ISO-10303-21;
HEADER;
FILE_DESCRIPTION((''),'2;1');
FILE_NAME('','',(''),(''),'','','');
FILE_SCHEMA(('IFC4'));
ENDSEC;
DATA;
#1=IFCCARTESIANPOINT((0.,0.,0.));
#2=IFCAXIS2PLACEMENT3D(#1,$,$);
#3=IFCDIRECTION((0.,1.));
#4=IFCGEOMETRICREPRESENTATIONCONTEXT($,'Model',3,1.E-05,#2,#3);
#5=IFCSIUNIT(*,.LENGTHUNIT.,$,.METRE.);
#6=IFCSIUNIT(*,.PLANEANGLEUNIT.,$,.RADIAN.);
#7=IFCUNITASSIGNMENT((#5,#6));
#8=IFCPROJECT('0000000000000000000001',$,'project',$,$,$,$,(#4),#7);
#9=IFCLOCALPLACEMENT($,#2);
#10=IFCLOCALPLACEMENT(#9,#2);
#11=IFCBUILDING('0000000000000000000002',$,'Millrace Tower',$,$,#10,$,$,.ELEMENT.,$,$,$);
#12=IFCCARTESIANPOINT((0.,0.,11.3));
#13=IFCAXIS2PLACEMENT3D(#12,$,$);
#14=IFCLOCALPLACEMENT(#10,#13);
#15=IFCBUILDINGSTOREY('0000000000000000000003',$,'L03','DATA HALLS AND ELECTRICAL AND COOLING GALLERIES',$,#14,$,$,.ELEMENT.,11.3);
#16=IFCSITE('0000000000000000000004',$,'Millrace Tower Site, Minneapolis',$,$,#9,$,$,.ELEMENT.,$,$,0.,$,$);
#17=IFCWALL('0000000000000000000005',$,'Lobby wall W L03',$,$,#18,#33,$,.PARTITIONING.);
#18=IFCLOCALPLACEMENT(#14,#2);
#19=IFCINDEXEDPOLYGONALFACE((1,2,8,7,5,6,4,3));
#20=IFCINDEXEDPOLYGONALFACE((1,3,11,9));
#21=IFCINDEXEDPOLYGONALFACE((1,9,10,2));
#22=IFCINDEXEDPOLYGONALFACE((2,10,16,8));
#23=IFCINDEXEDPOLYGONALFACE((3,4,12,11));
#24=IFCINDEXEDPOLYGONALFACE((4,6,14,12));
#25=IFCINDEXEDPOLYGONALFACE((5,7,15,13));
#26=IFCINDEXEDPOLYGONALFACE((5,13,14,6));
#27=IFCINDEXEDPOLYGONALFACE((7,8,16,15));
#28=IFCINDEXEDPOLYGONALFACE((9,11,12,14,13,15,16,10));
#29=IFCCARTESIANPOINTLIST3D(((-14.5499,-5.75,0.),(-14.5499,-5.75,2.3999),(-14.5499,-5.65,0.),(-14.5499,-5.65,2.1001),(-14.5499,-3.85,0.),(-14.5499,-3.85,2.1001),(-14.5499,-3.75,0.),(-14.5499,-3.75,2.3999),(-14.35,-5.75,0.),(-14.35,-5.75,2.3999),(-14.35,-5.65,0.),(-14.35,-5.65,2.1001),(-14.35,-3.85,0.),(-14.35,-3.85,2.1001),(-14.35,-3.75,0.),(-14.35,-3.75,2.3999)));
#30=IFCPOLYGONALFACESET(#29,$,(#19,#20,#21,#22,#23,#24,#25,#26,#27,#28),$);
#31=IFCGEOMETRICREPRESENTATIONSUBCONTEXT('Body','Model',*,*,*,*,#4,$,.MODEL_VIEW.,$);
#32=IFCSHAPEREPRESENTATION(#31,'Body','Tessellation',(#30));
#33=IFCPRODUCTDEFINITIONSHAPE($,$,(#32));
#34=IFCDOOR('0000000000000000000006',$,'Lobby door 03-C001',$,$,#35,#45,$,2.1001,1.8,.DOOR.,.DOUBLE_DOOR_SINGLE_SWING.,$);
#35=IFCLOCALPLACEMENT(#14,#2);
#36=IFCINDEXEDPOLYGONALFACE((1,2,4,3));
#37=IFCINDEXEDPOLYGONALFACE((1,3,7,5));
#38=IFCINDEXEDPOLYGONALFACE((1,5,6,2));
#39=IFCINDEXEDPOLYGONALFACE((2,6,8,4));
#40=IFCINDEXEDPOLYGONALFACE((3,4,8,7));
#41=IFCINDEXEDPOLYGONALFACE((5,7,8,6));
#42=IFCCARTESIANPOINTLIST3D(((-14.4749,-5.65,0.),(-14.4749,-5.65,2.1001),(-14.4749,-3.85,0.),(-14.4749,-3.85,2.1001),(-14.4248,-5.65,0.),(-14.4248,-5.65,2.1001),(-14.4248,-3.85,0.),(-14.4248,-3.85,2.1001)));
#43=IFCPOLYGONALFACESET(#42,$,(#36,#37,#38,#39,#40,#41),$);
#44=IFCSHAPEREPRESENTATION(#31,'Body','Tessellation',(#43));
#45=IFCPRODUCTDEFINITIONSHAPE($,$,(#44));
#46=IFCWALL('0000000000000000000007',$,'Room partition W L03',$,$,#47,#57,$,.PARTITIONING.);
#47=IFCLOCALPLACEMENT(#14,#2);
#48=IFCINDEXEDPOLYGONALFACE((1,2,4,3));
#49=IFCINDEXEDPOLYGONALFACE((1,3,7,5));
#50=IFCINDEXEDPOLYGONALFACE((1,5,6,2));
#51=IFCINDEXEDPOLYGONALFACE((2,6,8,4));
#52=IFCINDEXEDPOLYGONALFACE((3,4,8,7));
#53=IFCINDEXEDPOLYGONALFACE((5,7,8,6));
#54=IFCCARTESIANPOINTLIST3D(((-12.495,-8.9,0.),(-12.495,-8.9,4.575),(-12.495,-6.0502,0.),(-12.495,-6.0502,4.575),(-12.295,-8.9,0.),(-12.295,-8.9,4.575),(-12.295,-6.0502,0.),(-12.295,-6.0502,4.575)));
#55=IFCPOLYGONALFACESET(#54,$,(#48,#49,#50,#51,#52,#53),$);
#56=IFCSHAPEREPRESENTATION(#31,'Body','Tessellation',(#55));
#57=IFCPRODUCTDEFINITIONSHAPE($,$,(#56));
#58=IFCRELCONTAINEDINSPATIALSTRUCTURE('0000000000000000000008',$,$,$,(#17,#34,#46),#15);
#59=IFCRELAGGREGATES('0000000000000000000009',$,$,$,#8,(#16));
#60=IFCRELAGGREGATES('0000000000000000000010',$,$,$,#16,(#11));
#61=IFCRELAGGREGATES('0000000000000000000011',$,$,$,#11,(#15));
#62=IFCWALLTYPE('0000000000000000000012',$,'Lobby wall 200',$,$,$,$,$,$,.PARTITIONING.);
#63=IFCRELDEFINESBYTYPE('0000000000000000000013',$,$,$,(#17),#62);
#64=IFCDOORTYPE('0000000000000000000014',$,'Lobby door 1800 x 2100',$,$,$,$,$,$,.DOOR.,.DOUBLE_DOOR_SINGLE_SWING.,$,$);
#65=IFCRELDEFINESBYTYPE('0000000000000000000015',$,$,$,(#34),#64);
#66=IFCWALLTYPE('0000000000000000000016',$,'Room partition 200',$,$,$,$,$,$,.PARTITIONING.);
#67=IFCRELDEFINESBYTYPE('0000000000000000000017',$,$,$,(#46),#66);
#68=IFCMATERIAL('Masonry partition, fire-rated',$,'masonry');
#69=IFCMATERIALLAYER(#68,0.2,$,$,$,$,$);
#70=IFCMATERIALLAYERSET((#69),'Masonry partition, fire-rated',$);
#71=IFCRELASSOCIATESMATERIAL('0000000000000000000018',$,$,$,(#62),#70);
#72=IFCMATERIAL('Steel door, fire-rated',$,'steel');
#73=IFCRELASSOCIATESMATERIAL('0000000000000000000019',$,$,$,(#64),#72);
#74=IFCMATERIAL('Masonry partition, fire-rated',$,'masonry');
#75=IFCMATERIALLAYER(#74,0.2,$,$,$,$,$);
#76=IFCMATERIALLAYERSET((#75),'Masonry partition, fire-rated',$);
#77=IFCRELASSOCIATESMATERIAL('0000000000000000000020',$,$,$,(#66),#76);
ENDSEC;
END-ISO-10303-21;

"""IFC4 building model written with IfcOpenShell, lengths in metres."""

from ifc_helpers import new_model, si_unit, direction, frame, frame_2d, origin, place, context, subcontext, project, spatial, rectangle, extrude, material, layer, layer_set, type_object, element, fill, save


model = new_model("IFC4")

# Units and contexts
model_context = context("Model", 3, precision=1e-05, world=origin(), true_north=direction((0.0, 1.0)))
body_context = subcontext(model_context, "Body", "Model", "MODEL_VIEW")
ifc_project = project(units=[si_unit("LENGTHUNIT", "METRE"), si_unit("PLANEANGLEUNIT", "RADIAN")], contexts=[model_context])

# Site, building, storey
site_placement = place(None, origin())
site = spatial("IfcSite", under=ifc_project, at=site_placement, Name="Millrace Tower Site, Minneapolis", CompositionType="ELEMENT", RefElevation=0.0)
building_placement = place(site_placement, origin())
building = spatial("IfcBuilding", under=site, at=building_placement, Name="Millrace Tower", CompositionType="ELEMENT")
storey_placement = place(building_placement, frame((0.0, 0.0, 11.3)))
storey = spatial("IfcBuildingStorey", under=building, at=storey_placement, Name="L03", Description="DATA HALLS AND ELECTRICAL AND COOLING GALLERIES", CompositionType="ELEMENT", Elevation=11.3)

# Wall, opening, door
ifc_material_1 = material(Name="Masonry partition, fire-rated", Category="masonry")
ifc_layer_1 = layer(ifc_material_1, 0.2)
ifc_layer_set_1 = layer_set([ifc_layer_1], Name="Masonry partition, fire-rated")
wall_type_1 = type_object("IfcWallType", Name="Lobby wall 200", PredefinedType="PARTITIONING", material=ifc_layer_set_1)
wall_1_placement = place(storey_placement, frame((-14.45, -5.75, 0.0), z_axis=(0.0, 0.0, 1.0), x_axis=(0.0, 1.0, 0.0)))
wall_1 = element("IfcWall", 1, at=wall_1_placement, inside=storey, type_object=wall_type_1, Name="Lobby wall W L03", PredefinedType="PARTITIONING", context=body_context, shape_type="SweptSolid", body=[
    extrude(rectangle(XDim=2.0, YDim=0.2, at=frame_2d((1.0, 0.0))), origin(), (0.0, 0.0, 1.0), 2.3999),
])
opening_1_placement = place(wall_1_placement, frame((0.1001, 0.0, 0.0)))
opening_1 = element("IfcOpeningElement", 2, at=opening_1_placement, cuts=wall_1, PredefinedType="OPENING", context=body_context, shape_type="SweptSolid", body=[
    extrude(rectangle(XDim=1.8, YDim=2.1001, at=frame_2d((0.8999, 1.05))), frame((0.0, 0.1099, 0.0), z_axis=(0.0, -1.0, 0.0), x_axis=(1.0, 0.0, 0.0)), (0.0, 0.0, 1.0), 0.22),
])
ifc_material_2 = material(Name="Steel door, fire-rated", Category="steel")
door_type_1 = type_object("IfcDoorType", Name="Lobby door 1800 x 2100", OperationType="DOUBLE_DOOR_SINGLE_SWING", PredefinedType="DOOR", material=ifc_material_2)
door_1_placement = place(opening_1_placement, origin())
door_1 = element("IfcDoor", 3, at=door_1_placement, inside=storey, type_object=door_type_1, Name="Lobby door 03-C001", OperationType="DOUBLE_DOOR_SINGLE_SWING", OverallHeight=2.1001, OverallWidth=1.8, PredefinedType="DOOR", context=body_context, shape_type="SweptSolid", body=[
    extrude(rectangle(XDim=1.8, YDim=2.1001, at=frame_2d((0.8999, 1.05))), frame((0.0, 0.0249, 0.0), z_axis=(0.0, -1.0, 0.0), x_axis=(1.0, 0.0, 0.0)), (0.0, 0.0, 1.0), 0.05),
])
fill(opening_1, door_1)

# Wall
ifc_material_3 = material(Name="Masonry partition, fire-rated", Category="masonry")
ifc_layer_2 = layer(ifc_material_3, 0.2)
ifc_layer_set_2 = layer_set([ifc_layer_2], Name="Masonry partition, fire-rated")
wall_type_2 = type_object("IfcWallType", Name="Room partition 200", PredefinedType="PARTITIONING", material=ifc_layer_set_2)
wall_2_placement = place(storey_placement, frame((-12.395, -8.8999, 0.0), z_axis=(0.0, 0.0, 1.0), x_axis=(0.0, 1.0, 0.0)))
element("IfcWall", 4, at=wall_2_placement, inside=storey, type_object=wall_type_2, Name="Room partition W L03", PredefinedType="PARTITIONING", context=body_context, shape_type="SweptSolid", body=[
    extrude(rectangle(XDim=2.8499, YDim=0.2, at=frame_2d((1.4248, 0.0))), origin(), (0.0, 0.0, 1.0), 4.575),
])

save(model, "model.ifc")
